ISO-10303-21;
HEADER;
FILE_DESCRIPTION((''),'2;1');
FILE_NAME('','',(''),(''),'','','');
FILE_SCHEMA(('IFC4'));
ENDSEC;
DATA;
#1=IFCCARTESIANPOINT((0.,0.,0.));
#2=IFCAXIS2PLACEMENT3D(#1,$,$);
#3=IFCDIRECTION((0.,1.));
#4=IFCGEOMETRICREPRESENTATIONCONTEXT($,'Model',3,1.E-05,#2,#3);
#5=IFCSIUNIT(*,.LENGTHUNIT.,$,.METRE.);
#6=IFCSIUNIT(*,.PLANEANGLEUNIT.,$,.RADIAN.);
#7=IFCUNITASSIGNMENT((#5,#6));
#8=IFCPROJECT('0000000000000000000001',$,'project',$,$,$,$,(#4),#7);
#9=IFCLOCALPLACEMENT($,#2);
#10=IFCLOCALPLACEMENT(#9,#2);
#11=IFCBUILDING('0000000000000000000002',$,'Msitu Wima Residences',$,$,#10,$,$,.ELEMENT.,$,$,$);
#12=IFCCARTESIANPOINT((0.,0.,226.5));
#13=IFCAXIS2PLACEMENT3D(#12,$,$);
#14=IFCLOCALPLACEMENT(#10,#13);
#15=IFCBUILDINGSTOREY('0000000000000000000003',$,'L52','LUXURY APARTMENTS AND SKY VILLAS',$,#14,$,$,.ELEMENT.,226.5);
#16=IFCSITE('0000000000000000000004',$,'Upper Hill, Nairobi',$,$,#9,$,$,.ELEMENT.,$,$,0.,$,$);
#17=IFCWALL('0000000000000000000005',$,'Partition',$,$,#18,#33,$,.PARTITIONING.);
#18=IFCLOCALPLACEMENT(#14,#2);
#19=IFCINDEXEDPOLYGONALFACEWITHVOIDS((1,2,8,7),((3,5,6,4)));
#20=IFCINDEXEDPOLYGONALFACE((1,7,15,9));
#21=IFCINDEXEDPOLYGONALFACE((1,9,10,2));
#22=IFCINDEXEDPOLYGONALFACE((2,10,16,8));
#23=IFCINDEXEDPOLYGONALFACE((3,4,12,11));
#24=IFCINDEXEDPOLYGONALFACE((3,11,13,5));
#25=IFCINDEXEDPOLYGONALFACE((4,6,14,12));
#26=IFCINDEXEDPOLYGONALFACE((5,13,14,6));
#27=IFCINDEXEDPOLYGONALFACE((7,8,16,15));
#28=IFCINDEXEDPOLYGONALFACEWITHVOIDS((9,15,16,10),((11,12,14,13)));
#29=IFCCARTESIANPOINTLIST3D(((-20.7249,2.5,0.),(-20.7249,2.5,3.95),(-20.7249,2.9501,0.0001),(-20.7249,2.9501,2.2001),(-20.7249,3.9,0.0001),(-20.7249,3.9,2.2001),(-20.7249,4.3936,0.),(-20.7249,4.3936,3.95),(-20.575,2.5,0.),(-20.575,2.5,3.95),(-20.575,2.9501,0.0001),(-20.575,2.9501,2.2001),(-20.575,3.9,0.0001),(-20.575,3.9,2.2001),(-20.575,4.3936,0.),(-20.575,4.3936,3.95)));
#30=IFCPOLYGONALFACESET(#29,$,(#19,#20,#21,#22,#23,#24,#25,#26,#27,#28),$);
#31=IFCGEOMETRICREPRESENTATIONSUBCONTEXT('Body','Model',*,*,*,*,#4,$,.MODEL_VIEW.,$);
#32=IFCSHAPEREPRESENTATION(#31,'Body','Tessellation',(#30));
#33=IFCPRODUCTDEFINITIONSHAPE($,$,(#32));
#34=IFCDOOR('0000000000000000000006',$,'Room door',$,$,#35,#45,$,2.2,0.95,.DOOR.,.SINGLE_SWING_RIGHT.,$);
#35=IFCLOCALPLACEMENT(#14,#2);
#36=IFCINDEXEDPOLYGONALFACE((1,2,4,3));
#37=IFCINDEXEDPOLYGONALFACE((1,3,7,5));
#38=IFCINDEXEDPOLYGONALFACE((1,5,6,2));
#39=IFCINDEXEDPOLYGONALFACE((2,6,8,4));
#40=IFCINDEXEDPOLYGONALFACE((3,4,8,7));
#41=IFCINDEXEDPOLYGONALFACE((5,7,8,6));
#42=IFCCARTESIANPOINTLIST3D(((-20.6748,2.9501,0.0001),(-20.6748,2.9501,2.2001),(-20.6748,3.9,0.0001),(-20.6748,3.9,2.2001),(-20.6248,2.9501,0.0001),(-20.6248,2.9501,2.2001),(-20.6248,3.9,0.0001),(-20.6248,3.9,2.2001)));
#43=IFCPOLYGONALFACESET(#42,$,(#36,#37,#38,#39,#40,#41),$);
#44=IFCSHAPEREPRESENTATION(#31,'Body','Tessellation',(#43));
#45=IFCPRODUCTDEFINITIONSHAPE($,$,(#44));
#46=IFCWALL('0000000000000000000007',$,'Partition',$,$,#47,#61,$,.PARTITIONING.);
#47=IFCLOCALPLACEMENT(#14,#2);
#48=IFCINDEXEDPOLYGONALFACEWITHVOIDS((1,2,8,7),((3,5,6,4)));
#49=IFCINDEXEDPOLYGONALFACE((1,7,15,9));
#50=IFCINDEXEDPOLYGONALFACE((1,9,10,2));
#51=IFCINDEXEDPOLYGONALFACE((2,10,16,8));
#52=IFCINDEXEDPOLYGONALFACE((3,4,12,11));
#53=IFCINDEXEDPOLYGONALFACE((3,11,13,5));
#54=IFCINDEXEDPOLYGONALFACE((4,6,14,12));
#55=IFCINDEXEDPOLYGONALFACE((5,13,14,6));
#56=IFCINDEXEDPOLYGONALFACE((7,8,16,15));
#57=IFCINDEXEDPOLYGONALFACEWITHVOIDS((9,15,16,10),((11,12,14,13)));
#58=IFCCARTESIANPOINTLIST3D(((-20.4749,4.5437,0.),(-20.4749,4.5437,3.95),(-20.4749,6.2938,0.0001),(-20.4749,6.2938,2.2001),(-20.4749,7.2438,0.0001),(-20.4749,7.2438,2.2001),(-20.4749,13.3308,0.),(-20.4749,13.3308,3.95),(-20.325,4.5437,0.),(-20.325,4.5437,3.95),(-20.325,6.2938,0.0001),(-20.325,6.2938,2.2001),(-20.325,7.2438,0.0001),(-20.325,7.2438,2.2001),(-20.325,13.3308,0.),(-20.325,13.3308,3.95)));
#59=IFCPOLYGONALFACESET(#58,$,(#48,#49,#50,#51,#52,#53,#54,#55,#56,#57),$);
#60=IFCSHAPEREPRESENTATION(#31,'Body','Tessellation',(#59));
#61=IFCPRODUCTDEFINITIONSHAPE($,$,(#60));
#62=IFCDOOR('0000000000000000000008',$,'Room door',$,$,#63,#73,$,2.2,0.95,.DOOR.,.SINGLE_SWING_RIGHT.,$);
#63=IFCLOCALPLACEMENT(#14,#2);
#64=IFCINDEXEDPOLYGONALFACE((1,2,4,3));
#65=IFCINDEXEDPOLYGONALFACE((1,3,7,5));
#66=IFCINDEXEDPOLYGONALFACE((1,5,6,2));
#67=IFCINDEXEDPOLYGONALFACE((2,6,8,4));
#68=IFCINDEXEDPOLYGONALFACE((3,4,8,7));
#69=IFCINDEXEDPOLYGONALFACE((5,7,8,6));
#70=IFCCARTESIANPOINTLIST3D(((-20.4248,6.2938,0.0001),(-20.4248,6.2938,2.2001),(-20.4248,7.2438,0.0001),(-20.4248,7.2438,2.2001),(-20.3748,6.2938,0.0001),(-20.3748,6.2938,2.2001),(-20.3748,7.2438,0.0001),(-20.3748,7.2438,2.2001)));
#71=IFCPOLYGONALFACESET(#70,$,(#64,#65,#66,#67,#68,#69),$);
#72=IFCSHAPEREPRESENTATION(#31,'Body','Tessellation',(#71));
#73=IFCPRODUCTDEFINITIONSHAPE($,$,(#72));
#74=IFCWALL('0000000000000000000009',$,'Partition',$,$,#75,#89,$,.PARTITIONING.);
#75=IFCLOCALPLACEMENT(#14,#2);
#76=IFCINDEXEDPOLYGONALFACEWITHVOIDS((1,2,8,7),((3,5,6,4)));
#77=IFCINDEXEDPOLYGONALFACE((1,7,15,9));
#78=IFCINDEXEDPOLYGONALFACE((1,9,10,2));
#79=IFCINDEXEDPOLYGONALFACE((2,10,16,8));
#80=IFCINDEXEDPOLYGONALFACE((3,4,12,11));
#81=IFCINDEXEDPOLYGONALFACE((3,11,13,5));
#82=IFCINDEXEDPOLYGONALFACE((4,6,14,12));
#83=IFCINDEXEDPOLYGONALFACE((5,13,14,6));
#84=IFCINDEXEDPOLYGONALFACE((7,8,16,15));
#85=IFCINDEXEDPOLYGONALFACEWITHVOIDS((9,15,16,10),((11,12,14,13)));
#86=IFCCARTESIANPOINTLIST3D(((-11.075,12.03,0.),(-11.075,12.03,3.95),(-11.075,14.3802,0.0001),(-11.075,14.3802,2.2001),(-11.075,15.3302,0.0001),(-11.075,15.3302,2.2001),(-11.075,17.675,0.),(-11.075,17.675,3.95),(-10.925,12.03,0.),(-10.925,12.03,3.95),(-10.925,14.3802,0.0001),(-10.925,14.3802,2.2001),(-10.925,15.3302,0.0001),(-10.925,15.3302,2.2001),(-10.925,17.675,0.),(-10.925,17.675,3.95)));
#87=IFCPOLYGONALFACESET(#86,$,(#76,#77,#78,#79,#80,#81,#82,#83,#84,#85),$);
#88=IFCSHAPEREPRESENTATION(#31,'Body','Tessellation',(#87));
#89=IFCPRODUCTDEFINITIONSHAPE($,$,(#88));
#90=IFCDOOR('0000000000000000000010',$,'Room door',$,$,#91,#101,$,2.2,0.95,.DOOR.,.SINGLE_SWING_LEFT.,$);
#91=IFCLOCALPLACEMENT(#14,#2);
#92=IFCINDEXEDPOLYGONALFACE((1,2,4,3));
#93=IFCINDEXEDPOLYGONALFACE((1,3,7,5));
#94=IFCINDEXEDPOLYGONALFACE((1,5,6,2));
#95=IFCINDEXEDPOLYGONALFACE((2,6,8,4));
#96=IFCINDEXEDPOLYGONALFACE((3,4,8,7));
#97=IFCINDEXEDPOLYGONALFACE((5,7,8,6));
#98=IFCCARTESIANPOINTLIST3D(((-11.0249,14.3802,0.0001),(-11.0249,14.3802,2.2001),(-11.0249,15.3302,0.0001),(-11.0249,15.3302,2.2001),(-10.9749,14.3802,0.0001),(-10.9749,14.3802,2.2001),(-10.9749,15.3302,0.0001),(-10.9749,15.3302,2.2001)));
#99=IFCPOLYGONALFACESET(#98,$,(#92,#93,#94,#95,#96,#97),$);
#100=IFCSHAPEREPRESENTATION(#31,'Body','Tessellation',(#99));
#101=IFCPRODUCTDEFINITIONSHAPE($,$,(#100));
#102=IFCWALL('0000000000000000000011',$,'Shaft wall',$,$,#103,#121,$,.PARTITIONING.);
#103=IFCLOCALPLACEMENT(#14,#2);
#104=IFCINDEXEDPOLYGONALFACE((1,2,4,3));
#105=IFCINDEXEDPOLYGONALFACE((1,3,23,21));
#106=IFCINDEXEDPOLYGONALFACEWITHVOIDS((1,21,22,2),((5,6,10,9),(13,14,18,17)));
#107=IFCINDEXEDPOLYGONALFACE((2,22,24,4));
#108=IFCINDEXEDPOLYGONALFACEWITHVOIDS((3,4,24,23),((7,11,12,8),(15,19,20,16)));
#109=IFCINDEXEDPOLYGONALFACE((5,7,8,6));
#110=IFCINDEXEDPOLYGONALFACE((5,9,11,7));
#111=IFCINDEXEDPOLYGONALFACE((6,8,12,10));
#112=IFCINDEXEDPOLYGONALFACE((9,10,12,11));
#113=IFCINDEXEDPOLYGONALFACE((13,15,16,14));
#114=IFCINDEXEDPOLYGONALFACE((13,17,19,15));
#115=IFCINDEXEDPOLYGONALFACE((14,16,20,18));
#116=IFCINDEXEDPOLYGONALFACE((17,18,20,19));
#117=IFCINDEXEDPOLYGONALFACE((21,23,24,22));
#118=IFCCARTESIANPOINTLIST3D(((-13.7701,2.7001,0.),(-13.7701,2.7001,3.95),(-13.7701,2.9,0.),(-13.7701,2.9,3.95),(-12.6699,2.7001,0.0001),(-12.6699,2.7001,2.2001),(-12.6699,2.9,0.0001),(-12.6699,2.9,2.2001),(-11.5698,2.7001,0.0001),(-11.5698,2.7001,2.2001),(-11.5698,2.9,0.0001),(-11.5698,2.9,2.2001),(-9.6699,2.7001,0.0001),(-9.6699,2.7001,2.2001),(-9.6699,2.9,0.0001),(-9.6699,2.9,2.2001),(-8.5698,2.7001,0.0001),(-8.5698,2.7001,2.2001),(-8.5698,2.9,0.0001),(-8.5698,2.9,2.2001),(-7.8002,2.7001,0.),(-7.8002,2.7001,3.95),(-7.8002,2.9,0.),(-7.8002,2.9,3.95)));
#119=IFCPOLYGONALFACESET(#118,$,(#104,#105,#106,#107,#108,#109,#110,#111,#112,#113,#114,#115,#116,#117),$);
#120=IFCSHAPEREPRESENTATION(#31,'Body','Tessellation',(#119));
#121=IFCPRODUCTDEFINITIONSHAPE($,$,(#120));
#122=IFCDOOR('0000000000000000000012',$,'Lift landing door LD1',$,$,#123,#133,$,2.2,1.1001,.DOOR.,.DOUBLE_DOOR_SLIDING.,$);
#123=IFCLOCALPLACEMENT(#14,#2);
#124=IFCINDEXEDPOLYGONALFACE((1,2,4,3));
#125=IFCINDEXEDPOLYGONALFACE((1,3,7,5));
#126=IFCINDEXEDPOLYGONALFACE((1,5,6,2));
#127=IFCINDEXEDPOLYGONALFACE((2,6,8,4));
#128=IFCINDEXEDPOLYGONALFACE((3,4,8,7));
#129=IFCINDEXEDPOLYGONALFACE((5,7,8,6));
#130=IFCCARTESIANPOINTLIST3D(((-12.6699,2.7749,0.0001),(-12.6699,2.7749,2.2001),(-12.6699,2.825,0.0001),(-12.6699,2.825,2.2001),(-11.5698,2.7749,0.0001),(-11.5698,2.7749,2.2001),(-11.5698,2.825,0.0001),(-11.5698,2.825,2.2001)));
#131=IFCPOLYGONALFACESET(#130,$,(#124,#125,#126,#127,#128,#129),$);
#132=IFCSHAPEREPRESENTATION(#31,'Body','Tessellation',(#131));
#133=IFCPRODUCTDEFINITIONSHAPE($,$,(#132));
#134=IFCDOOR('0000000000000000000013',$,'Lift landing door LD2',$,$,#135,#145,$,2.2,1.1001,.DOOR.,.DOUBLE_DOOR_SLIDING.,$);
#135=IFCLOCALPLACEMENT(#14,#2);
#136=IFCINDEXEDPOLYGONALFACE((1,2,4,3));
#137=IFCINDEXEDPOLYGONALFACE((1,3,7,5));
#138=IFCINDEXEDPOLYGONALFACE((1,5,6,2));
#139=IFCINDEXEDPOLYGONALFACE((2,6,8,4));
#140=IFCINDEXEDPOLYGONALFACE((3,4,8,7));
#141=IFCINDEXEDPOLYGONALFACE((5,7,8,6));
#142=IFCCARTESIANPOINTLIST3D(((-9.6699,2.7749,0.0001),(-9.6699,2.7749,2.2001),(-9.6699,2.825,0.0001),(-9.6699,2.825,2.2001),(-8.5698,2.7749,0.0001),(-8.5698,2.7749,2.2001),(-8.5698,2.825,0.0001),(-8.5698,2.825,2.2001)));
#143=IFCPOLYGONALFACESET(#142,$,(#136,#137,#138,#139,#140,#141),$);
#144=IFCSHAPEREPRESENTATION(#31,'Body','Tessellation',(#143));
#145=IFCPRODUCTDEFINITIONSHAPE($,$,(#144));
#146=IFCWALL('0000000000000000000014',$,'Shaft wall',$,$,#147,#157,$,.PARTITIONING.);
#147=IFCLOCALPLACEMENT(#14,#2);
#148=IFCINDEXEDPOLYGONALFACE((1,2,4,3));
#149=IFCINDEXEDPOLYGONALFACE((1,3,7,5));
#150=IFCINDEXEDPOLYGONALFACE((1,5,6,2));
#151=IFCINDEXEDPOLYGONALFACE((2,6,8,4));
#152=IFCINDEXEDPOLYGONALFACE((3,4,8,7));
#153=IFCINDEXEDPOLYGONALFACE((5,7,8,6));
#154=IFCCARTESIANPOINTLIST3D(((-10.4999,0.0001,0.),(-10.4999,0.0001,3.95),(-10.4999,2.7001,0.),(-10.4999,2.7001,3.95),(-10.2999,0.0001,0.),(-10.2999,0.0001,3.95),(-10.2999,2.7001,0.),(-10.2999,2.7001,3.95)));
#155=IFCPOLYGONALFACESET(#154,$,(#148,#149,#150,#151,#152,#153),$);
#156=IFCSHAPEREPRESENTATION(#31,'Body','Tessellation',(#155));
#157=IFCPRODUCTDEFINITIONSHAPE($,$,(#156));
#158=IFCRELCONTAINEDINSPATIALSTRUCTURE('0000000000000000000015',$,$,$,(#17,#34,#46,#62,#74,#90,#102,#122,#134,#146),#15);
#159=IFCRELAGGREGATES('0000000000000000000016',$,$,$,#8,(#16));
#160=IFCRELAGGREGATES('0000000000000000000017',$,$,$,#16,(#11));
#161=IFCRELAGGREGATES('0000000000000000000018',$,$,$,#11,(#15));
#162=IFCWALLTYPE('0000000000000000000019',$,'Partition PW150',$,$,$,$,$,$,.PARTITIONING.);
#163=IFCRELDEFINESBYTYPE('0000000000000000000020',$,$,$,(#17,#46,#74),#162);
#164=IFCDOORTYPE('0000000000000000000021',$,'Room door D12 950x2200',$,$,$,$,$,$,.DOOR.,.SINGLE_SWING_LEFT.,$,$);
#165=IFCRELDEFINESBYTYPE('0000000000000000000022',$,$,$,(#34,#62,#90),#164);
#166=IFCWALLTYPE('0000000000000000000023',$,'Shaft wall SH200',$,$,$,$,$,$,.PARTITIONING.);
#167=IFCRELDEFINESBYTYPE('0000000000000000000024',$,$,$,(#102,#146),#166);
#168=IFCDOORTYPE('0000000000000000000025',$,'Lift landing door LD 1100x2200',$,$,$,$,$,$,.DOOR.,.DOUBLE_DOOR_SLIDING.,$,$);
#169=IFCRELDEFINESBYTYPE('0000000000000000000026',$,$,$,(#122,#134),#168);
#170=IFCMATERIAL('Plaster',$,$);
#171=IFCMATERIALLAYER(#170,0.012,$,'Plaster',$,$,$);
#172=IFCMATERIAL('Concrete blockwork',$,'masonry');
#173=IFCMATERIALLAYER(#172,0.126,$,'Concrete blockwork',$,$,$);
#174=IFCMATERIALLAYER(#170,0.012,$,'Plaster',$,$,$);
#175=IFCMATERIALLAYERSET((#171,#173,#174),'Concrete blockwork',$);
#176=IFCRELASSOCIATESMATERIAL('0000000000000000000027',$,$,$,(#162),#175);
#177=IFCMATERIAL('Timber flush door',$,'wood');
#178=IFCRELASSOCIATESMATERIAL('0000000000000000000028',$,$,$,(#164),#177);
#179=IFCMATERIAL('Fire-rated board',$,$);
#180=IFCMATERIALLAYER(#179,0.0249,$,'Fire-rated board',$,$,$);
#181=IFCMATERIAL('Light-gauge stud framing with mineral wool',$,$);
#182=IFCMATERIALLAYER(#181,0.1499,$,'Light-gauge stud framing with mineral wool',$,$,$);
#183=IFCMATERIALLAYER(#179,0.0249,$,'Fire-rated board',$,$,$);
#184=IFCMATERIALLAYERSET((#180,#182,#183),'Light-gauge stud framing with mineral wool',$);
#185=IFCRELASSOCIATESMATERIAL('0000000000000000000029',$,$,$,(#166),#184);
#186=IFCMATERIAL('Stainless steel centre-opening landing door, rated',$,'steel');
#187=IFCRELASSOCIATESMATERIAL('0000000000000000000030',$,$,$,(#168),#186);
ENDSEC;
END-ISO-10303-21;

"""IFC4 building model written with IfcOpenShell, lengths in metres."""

from ifc_helpers import new_model, si_unit, direction, frame, frame_2d, origin, place, context, subcontext, project, spatial, rectangle, extrude, material, layer, layer_set, type_object, element, fill, save


model = new_model("IFC4")

# Units and contexts
model_context = context("Model", 3, precision=1e-05, world=origin(), true_north=direction((0.0, 1.0)))
body_context = subcontext(model_context, "Body", "Model", "MODEL_VIEW")
ifc_project = project(units=[si_unit("LENGTHUNIT", "METRE"), si_unit("PLANEANGLEUNIT", "RADIAN")], contexts=[model_context])

# Site, building, storey
site_placement = place(None, origin())
site = spatial("IfcSite", under=ifc_project, at=site_placement, Name="Upper Hill, Nairobi", CompositionType="ELEMENT", RefElevation=0.0)
building_placement = place(site_placement, origin())
building = spatial("IfcBuilding", under=site, at=building_placement, Name="Msitu Wima Residences", CompositionType="ELEMENT")
storey_placement = place(building_placement, frame((0.0, 0.0, 226.5)))
storey = spatial("IfcBuildingStorey", under=building, at=storey_placement, Name="L52", Description="LUXURY APARTMENTS AND SKY VILLAS", CompositionType="ELEMENT", Elevation=226.5)

# Shared definitions
ifc_material_1 = material(Name="Plaster")
ifc_material_2 = material(Name="Concrete blockwork", Category="masonry")
ifc_layer_1 = layer(ifc_material_1, 0.012, Name="Plaster")
ifc_layer_2 = layer(ifc_material_2, 0.126, Name="Concrete blockwork")
ifc_layer_3 = layer(ifc_material_1, 0.012, Name="Plaster")
ifc_layer_set_1 = layer_set([ifc_layer_1, ifc_layer_2, ifc_layer_3], Name="Concrete blockwork")
wall_type_1 = type_object("IfcWallType", Name="Partition PW150", PredefinedType="PARTITIONING", material=ifc_layer_set_1)

# Walls, openings, doors
wall_1_placement = place(storey_placement, frame((-20.6499, 2.5, 0.0), z_axis=(0.0, 0.0, 1.0), x_axis=(0.0, 1.0, 0.0)))
wall_1 = element("IfcWall", 1, at=wall_1_placement, inside=storey, type_object=wall_type_1, Name="Partition", PredefinedType="PARTITIONING", context=body_context, shape_type="SweptSolid", body=[
    extrude(rectangle(XDim=1.8936, YDim=0.1499, at=frame_2d((0.9468, 0.0))), origin(), (0.0, 0.0, 1.0), 3.95),
])
opening_1_placement = place(wall_1_placement, frame((0.45, 0.0, 0.0)))
opening_1 = element("IfcOpeningElement", 2, at=opening_1_placement, cuts=wall_1, PredefinedType="OPENING", context=body_context, shape_type="SweptSolid", body=[
    extrude(rectangle(XDim=0.95, YDim=2.2, at=frame_2d((0.4751, 1.1001))), frame((0.0, 0.085, 0.0), z_axis=(0.0, -1.0, 0.0), x_axis=(1.0, 0.0, 0.0)), (0.0, 0.0, 1.0), 0.1699),
])
ifc_material_3 = material(Name="Timber flush door", Category="wood")
door_type_1 = type_object("IfcDoorType", Name="Room door D12 950x2200", OperationType="SINGLE_SWING_LEFT", PredefinedType="DOOR", material=ifc_material_3)
door_1_placement = place(opening_1_placement, origin())
door_1 = element("IfcDoor", 3, at=door_1_placement, inside=storey, type_object=door_type_1, Name="Room door", OperationType="SINGLE_SWING_RIGHT", OverallHeight=2.2, OverallWidth=0.95, PredefinedType="DOOR", context=body_context, shape_type="SweptSolid", body=[
    extrude(rectangle(XDim=0.95, YDim=2.2, at=frame_2d((0.4751, 1.1001))), frame((0.0, 0.0249, 0.0), z_axis=(0.0, -1.0, 0.0), x_axis=(1.0, 0.0, 0.0)), (0.0, 0.0, 1.0), 0.05),
])
fill(opening_1, door_1)
wall_2_placement = place(storey_placement, frame((-20.3999, 4.5437, 0.0), z_axis=(0.0, 0.0, 1.0), x_axis=(0.0, 1.0, 0.0)))
wall_2 = element("IfcWall", 4, at=wall_2_placement, inside=storey, type_object=wall_type_1, Name="Partition", PredefinedType="PARTITIONING", context=body_context, shape_type="SweptSolid", body=[
    extrude(rectangle(XDim=8.7871, YDim=0.1499, at=frame_2d((4.3936, 0.0))), origin(), (0.0, 0.0, 1.0), 3.95),
])
opening_2_placement = place(wall_2_placement, frame((1.75, 0.0, 0.0)))
opening_2 = element("IfcOpeningElement", 5, at=opening_2_placement, cuts=wall_2, PredefinedType="OPENING", context=body_context, shape_type="SweptSolid", body=[
    extrude(rectangle(XDim=0.95, YDim=2.2, at=frame_2d((0.4751, 1.1001))), frame((0.0, 0.085, 0.0), z_axis=(0.0, -1.0, 0.0), x_axis=(1.0, 0.0, 0.0)), (0.0, 0.0, 1.0), 0.1699),
])
door_2_placement = place(opening_2_placement, origin())
door_2 = element("IfcDoor", 6, at=door_2_placement, inside=storey, type_object=door_type_1, Name="Room door", OperationType="SINGLE_SWING_RIGHT", OverallHeight=2.2, OverallWidth=0.95, PredefinedType="DOOR", context=body_context, shape_type="SweptSolid", body=[
    extrude(rectangle(XDim=0.95, YDim=2.2, at=frame_2d((0.4751, 1.1001))), frame((0.0, 0.0249, 0.0), z_axis=(0.0, -1.0, 0.0), x_axis=(1.0, 0.0, 0.0)), (0.0, 0.0, 1.0), 0.05),
])
fill(opening_2, door_2)
wall_3_placement = place(storey_placement, frame((-11.0, 12.03, 0.0), z_axis=(0.0, 0.0, 1.0), x_axis=(0.0, 1.0, 0.0)))
wall_3 = element("IfcWall", 7, at=wall_3_placement, inside=storey, type_object=wall_type_1, Name="Partition", PredefinedType="PARTITIONING", context=body_context, shape_type="SweptSolid", body=[
    extrude(rectangle(XDim=5.645, YDim=0.1499, at=frame_2d((2.8225, 0.0))), origin(), (0.0, 0.0, 1.0), 3.95),
])
opening_3_placement = place(wall_3_placement, frame((2.3501, 0.0, 0.0)))
opening_3 = element("IfcOpeningElement", 8, at=opening_3_placement, cuts=wall_3, PredefinedType="OPENING", context=body_context, shape_type="SweptSolid", body=[
    extrude(rectangle(XDim=0.95, YDim=2.2, at=frame_2d((0.4751, 1.1001))), frame((0.0, 0.085, 0.0), z_axis=(0.0, -1.0, 0.0), x_axis=(1.0, 0.0, 0.0)), (0.0, 0.0, 1.0), 0.1699),
])
door_3_placement = place(opening_3_placement, origin())
door_3 = element("IfcDoor", 9, at=door_3_placement, inside=storey, type_object=door_type_1, Name="Room door", OperationType="SINGLE_SWING_LEFT", OverallHeight=2.2, OverallWidth=0.95, PredefinedType="DOOR", context=body_context, shape_type="SweptSolid", body=[
    extrude(rectangle(XDim=0.95, YDim=2.2, at=frame_2d((0.4751, 1.1001))), frame((0.0, 0.0249, 0.0), z_axis=(0.0, -1.0, 0.0), x_axis=(1.0, 0.0, 0.0)), (0.0, 0.0, 1.0), 0.05),
])
fill(opening_3, door_3)

# Wall, openings, doors
ifc_material_4 = material(Name="Fire-rated board")
ifc_layer_4 = layer(ifc_material_4, 0.0249, Name="Fire-rated board")
ifc_material_5 = material(Name="Light-gauge stud framing with mineral wool")
ifc_layer_5 = layer(ifc_material_5, 0.1499, Name="Light-gauge stud framing with mineral wool")
ifc_layer_6 = layer(ifc_material_4, 0.0249, Name="Fire-rated board")
ifc_layer_set_2 = layer_set([ifc_layer_4, ifc_layer_5, ifc_layer_6], Name="Light-gauge stud framing with mineral wool")
wall_type_2 = type_object("IfcWallType", Name="Shaft wall SH200", PredefinedType="PARTITIONING", material=ifc_layer_set_2)
wall_4_placement = place(storey_placement, frame((-13.77, 2.8, 0.0), z_axis=(0.0, 0.0, 1.0), x_axis=(1.0, 0.0, 0.0)))
wall_4 = element("IfcWall", 10, at=wall_4_placement, inside=storey, type_object=wall_type_2, Name="Shaft wall", PredefinedType="PARTITIONING", context=body_context, shape_type="SweptSolid", body=[
    extrude(rectangle(XDim=5.97, YDim=0.2, at=frame_2d((2.9849, 0.0))), origin(), (0.0, 0.0, 1.0), 3.95),
])
opening_4_placement = place(wall_4_placement, frame((1.1001, 0.0, 0.0)))
opening_4 = element("IfcOpeningElement", 11, at=opening_4_placement, cuts=wall_4, PredefinedType="OPENING", context=body_context, shape_type="SweptSolid", body=[
    extrude(rectangle(XDim=1.1001, YDim=2.2, at=frame_2d((0.55, 1.1001))), frame((0.0, 0.1099, 0.0), z_axis=(0.0, -1.0, 0.0), x_axis=(1.0, 0.0, 0.0)), (0.0, 0.0, 1.0), 0.22),
])
opening_5_placement = place(wall_4_placement, frame((4.1001, 0.0, 0.0)))
opening_5 = element("IfcOpeningElement", 12, at=opening_5_placement, cuts=wall_4, PredefinedType="OPENING", context=body_context, shape_type="SweptSolid", body=[
    extrude(rectangle(XDim=1.1001, YDim=2.2, at=frame_2d((0.55, 1.1001))), frame((0.0, 0.1099, 0.0), z_axis=(0.0, -1.0, 0.0), x_axis=(1.0, 0.0, 0.0)), (0.0, 0.0, 1.0), 0.22),
])
ifc_material_6 = material(Name="Stainless steel centre-opening landing door, rated", Category="steel")
door_type_2 = type_object("IfcDoorType", Name="Lift landing door LD 1100x2200", OperationType="DOUBLE_DOOR_SLIDING", PredefinedType="DOOR", material=ifc_material_6)
door_4_placement = place(opening_4_placement, origin())
door_4 = element("IfcDoor", 13, at=door_4_placement, inside=storey, type_object=door_type_2, Name="Lift landing door LD1", OperationType="DOUBLE_DOOR_SLIDING", OverallHeight=2.2, OverallWidth=1.1001, PredefinedType="DOOR", context=body_context, shape_type="SweptSolid", body=[
    extrude(rectangle(XDim=1.1001, YDim=2.2, at=frame_2d((0.55, 1.1001))), frame((0.0, 0.0249, 0.0), z_axis=(0.0, -1.0, 0.0), x_axis=(1.0, 0.0, 0.0)), (0.0, 0.0, 1.0), 0.05),
])
fill(opening_4, door_4)
door_5_placement = place(opening_5_placement, origin())
door_5 = element("IfcDoor", 14, at=door_5_placement, inside=storey, type_object=door_type_2, Name="Lift landing door LD2", OperationType="DOUBLE_DOOR_SLIDING", OverallHeight=2.2, OverallWidth=1.1001, PredefinedType="DOOR", context=body_context, shape_type="SweptSolid", body=[
    extrude(rectangle(XDim=1.1001, YDim=2.2, at=frame_2d((0.55, 1.1001))), frame((0.0, 0.0249, 0.0), z_axis=(0.0, -1.0, 0.0), x_axis=(1.0, 0.0, 0.0)), (0.0, 0.0, 1.0), 0.05),
])
fill(opening_5, door_5)

# Wall
wall_5_placement = place(storey_placement, frame((-10.3999, 0.0, 0.0), z_axis=(0.0, 0.0, 1.0), x_axis=(0.0, 1.0, 0.0)))
element("IfcWall", 15, at=wall_5_placement, inside=storey, type_object=wall_type_2, Name="Shaft wall", PredefinedType="PARTITIONING", context=body_context, shape_type="SweptSolid", body=[
    extrude(rectangle(XDim=2.7, YDim=0.2, at=frame_2d((1.3501, 0.0))), origin(), (0.0, 0.0, 1.0), 3.95),
])

save(model, "model.ifc")
